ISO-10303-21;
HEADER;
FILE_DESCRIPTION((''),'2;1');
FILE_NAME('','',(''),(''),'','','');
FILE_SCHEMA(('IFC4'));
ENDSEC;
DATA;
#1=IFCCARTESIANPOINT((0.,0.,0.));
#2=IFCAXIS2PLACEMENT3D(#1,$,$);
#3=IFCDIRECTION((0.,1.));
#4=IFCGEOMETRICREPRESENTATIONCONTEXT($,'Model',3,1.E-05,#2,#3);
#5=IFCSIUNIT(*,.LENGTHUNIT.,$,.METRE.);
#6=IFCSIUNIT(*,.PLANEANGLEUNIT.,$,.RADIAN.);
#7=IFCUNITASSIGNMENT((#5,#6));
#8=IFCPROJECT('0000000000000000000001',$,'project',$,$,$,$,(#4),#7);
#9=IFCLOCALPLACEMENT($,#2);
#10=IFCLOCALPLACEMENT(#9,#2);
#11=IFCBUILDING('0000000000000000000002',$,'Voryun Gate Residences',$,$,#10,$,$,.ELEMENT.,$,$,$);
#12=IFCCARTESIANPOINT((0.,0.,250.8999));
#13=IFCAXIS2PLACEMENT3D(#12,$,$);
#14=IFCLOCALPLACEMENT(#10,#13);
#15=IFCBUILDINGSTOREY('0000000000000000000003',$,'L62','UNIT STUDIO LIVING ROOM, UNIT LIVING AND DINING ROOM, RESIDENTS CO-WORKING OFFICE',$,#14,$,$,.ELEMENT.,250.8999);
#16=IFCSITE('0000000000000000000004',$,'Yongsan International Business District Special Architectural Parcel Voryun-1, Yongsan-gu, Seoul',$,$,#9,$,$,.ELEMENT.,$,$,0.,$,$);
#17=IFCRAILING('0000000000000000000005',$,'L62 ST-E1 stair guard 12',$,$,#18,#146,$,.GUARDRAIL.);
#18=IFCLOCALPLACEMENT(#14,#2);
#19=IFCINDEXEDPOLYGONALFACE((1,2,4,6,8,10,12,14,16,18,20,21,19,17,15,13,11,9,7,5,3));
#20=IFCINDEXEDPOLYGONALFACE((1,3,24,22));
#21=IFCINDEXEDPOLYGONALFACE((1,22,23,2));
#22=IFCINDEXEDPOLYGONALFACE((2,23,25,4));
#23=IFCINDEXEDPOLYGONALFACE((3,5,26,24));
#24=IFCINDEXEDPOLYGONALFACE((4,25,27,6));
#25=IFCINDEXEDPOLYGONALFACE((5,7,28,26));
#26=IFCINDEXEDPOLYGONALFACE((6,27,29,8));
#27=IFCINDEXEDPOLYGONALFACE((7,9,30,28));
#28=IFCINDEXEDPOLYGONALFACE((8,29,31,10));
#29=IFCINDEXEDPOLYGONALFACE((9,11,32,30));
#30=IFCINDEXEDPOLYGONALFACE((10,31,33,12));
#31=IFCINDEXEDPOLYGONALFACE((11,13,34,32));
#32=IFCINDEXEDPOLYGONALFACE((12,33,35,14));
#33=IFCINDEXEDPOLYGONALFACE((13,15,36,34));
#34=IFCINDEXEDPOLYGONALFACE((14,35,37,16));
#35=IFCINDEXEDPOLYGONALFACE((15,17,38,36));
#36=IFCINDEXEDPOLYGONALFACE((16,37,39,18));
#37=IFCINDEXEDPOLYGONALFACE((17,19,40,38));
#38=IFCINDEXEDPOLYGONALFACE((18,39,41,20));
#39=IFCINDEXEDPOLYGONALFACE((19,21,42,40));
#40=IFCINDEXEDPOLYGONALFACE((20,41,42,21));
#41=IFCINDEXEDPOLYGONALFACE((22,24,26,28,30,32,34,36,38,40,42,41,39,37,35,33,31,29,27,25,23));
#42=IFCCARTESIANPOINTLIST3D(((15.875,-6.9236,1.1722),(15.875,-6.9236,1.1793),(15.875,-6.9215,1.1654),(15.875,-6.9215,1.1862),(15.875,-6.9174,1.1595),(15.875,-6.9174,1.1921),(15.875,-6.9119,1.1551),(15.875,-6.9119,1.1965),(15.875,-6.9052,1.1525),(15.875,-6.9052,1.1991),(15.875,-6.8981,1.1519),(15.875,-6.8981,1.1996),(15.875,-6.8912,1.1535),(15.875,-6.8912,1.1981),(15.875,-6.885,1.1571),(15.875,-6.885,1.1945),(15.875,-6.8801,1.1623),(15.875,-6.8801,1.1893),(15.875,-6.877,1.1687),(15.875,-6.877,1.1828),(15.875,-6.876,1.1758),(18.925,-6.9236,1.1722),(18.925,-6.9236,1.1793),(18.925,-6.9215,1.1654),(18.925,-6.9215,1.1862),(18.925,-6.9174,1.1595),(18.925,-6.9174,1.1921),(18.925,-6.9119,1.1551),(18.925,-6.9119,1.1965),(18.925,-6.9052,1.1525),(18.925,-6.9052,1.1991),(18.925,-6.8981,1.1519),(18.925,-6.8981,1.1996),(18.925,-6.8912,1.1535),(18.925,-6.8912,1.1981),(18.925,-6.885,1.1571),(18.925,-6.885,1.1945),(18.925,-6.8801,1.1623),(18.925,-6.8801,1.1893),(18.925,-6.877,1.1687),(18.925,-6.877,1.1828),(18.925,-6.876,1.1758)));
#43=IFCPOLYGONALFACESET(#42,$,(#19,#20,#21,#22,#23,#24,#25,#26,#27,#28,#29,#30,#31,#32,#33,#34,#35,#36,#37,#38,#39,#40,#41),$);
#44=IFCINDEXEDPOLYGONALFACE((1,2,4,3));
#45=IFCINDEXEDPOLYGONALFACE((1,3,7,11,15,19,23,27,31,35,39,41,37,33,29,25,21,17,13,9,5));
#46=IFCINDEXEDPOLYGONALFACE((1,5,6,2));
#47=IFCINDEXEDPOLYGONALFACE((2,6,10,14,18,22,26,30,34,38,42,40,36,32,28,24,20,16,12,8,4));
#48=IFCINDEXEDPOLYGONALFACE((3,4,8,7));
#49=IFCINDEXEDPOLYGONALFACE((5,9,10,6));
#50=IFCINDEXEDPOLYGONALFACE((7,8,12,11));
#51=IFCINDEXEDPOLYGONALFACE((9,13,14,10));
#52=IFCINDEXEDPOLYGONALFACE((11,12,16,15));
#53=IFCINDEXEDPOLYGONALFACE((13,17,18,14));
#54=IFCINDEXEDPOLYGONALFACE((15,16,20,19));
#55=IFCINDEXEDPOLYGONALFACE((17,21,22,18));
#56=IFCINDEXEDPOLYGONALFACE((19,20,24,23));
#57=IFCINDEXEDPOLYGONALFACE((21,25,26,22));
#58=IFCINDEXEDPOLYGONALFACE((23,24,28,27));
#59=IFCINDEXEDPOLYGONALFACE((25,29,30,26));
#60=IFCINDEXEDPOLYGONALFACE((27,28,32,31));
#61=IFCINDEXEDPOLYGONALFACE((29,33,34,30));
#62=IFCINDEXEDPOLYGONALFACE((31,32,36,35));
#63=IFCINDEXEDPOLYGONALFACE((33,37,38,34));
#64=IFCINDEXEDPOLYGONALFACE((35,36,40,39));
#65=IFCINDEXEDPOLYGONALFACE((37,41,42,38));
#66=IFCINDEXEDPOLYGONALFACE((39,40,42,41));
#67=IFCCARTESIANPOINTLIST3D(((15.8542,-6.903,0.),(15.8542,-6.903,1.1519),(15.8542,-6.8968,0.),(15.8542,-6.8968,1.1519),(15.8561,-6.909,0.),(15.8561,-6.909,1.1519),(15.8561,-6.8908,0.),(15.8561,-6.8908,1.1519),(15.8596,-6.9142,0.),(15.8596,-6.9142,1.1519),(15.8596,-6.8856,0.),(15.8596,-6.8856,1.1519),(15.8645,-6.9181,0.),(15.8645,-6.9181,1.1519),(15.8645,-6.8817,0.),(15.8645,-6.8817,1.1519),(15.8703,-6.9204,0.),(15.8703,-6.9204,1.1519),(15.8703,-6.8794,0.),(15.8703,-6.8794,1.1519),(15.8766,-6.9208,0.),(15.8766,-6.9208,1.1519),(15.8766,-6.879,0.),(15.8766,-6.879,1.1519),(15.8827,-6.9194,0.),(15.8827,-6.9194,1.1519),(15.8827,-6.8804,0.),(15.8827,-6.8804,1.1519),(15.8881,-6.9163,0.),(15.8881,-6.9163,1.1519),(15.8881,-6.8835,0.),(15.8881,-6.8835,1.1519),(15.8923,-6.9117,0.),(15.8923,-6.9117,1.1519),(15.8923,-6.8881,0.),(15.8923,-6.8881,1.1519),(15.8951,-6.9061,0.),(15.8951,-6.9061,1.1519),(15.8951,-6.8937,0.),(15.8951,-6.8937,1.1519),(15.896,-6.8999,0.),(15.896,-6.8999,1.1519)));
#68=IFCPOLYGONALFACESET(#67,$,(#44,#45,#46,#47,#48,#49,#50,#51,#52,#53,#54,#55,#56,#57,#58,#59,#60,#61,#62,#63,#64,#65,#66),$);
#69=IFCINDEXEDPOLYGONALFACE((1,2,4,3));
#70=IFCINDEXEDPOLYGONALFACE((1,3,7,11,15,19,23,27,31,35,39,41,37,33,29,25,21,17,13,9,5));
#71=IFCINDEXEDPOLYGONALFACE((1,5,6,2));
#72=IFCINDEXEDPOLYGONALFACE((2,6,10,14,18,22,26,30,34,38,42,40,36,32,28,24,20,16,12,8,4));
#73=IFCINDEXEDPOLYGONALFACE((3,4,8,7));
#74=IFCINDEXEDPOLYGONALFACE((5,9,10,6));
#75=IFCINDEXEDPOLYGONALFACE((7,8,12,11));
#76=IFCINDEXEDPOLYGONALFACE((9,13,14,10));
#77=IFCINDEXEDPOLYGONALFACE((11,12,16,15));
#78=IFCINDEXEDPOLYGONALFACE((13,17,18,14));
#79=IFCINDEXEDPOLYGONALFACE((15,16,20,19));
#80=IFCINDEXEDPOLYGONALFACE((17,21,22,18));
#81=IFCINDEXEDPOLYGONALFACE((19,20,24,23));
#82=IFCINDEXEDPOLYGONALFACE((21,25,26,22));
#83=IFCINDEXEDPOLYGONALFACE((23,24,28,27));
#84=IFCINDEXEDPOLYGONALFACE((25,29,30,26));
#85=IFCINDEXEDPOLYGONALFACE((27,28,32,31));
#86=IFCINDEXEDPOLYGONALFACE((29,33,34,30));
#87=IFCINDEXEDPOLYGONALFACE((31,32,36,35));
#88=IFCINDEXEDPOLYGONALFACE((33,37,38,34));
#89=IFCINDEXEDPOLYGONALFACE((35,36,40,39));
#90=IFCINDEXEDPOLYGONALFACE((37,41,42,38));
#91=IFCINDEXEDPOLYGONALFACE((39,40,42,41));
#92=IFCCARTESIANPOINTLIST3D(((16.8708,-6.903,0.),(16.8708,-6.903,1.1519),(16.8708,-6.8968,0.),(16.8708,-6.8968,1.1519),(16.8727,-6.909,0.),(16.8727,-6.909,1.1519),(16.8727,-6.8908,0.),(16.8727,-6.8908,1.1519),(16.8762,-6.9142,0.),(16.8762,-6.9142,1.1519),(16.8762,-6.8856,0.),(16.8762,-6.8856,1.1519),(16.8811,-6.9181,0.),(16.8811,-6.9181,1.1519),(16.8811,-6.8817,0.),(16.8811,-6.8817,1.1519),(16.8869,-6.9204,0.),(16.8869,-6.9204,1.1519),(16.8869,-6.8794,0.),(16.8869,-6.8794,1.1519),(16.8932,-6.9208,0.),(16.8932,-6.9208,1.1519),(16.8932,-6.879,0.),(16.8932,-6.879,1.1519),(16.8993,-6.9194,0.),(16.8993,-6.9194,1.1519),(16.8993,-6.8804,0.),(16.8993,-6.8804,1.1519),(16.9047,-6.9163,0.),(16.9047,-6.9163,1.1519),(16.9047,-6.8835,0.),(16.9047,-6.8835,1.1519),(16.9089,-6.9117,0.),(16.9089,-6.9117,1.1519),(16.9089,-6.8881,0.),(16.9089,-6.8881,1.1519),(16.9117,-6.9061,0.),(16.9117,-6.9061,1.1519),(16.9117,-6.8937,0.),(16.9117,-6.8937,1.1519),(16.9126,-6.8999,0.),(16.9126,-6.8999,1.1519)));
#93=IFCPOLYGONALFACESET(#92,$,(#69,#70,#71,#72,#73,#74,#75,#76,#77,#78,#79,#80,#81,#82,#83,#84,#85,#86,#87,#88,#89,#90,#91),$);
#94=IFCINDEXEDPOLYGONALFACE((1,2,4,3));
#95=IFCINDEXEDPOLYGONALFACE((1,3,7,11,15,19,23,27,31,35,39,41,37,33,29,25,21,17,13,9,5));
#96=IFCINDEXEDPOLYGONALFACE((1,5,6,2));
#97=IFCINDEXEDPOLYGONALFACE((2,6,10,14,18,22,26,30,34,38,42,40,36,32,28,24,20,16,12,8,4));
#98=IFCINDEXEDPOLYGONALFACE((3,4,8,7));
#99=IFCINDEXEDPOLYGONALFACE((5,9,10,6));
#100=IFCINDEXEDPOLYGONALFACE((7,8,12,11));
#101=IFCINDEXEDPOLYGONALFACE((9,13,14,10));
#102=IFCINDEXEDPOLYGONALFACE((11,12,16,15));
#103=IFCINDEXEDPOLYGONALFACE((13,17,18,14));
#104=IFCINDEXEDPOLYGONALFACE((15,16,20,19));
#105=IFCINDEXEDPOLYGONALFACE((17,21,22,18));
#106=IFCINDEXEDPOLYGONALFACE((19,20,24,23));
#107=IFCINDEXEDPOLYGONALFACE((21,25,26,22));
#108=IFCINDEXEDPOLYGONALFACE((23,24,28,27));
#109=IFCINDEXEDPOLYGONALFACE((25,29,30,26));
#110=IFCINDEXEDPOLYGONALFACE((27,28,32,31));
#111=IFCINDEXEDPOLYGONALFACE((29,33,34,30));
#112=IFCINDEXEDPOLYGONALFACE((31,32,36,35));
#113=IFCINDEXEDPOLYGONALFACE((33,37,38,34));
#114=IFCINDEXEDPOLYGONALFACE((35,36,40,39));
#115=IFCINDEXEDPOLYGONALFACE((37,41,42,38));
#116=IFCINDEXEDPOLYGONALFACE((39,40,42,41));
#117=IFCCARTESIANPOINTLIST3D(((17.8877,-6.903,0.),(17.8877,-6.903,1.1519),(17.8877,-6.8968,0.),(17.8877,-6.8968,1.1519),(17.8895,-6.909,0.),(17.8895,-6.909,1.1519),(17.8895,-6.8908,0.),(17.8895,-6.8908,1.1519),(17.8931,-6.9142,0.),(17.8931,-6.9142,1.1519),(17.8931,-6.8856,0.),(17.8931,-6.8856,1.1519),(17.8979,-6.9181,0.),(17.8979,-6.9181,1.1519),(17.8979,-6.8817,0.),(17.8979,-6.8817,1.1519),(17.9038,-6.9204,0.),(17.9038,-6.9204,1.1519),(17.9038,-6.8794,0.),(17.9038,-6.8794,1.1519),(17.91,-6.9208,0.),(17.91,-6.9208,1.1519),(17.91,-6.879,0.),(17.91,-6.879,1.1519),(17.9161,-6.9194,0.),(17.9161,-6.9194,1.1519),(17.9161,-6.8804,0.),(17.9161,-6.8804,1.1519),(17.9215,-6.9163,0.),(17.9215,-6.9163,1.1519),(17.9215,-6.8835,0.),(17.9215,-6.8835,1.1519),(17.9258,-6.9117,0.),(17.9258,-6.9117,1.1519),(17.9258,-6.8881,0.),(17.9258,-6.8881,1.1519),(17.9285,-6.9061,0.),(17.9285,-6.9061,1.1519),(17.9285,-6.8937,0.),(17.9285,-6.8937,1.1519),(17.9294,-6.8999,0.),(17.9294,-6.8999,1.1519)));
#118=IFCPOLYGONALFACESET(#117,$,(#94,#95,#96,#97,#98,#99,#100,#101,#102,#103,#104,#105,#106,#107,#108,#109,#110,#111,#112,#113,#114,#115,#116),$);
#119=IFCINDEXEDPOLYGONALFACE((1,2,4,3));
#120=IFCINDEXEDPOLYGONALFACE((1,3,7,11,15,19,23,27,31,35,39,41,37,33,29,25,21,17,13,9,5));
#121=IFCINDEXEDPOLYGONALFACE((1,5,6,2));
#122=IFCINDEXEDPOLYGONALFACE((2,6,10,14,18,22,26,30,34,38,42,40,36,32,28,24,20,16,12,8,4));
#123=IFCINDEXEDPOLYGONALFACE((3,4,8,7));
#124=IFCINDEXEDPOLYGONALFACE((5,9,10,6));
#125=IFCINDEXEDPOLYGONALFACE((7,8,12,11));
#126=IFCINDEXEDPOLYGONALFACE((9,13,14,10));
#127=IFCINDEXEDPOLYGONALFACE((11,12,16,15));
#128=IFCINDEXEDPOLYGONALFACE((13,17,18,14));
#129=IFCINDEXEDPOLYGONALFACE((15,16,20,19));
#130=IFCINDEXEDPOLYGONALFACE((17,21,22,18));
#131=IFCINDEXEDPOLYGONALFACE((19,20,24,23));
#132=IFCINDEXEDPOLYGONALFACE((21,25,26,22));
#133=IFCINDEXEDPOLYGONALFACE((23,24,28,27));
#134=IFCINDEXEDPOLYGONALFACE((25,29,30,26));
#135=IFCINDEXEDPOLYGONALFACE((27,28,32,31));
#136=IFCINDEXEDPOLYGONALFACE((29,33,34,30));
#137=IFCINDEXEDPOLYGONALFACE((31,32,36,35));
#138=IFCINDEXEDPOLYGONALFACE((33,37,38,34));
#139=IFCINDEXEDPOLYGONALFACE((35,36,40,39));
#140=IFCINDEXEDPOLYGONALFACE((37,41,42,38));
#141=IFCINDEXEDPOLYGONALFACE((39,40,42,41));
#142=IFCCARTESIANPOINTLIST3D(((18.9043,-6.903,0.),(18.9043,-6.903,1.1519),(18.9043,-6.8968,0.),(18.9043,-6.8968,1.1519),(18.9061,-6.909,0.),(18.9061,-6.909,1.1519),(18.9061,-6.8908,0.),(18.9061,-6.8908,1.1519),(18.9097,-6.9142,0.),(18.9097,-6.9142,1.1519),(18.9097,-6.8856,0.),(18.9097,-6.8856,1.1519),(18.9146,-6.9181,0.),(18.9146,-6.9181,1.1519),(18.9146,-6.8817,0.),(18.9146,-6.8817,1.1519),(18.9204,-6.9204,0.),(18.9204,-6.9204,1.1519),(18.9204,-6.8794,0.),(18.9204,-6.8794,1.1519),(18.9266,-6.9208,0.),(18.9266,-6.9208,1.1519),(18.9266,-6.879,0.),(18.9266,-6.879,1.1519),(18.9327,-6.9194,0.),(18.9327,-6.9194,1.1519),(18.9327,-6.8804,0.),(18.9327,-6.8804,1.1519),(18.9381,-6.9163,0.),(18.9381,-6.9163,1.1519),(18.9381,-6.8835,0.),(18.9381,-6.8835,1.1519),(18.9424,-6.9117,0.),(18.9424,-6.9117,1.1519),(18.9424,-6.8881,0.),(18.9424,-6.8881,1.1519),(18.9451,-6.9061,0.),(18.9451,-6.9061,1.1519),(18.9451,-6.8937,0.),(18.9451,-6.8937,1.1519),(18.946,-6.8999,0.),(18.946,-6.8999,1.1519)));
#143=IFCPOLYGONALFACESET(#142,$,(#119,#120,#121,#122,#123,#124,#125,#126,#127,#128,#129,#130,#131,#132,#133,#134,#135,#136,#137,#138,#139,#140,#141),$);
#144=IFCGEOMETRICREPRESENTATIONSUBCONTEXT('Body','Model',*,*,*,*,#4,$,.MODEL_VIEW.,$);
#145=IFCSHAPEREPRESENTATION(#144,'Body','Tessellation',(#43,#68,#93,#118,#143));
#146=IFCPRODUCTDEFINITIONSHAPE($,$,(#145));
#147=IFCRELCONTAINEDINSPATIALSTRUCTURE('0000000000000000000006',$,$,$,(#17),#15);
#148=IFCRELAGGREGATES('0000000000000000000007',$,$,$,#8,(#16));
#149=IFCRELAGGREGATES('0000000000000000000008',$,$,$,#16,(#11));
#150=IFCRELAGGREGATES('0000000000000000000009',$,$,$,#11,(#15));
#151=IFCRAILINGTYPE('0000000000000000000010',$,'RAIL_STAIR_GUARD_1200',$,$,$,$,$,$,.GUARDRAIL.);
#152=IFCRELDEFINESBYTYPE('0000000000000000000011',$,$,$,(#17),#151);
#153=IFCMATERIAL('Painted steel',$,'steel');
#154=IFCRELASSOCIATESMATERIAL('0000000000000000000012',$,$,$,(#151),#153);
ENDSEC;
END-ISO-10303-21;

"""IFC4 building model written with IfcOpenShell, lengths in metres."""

from ifc_helpers import new_model, si_unit, direction, frame, origin, origin_2d, place, context, subcontext, project, spatial, circle, extrude, material, type_object, element, save


model = new_model("IFC4")

# Units and contexts
model_context = context("Model", 3, precision=1e-05, world=origin(), true_north=direction((0.0, 1.0)))
body_context = subcontext(model_context, "Body", "Model", "MODEL_VIEW")
ifc_project = project(units=[si_unit("LENGTHUNIT", "METRE"), si_unit("PLANEANGLEUNIT", "RADIAN")], contexts=[model_context])

# Site, building, storey
site_placement = place(None, origin())
site = spatial("IfcSite", under=ifc_project, at=site_placement, Name="Yongsan International Business District Special Architectural Parcel Voryun-1, Yongsan-gu, Seoul", CompositionType="ELEMENT", RefElevation=0.0)
building_placement = place(site_placement, origin())
building = spatial("IfcBuilding", under=site, at=building_placement, Name="Voryun Gate Residences", CompositionType="ELEMENT")
storey_placement = place(building_placement, frame((0.0, 0.0, 250.8999)))
storey = spatial("IfcBuildingStorey", under=building, at=storey_placement, Name="L62", Description="UNIT STUDIO LIVING ROOM, UNIT LIVING AND DINING ROOM, RESIDENTS CO-WORKING OFFICE", CompositionType="ELEMENT", Elevation=250.8999)

# Railing
ifc_material_1 = material(Name="Painted steel", Category="steel")
railing_type_1 = type_object("IfcRailingType", Name="RAIL_STAIR_GUARD_1200", PredefinedType="GUARDRAIL", material=ifc_material_1)
railing_1_placement = place(storey_placement, frame((15.875, -6.8999, 0.0)))
element("IfcRailing", 1, at=railing_1_placement, inside=storey, type_object=railing_type_1, Name="L62 ST-E1 stair guard 12", PredefinedType="GUARDRAIL", context=body_context, shape_type="SweptSolid", body=[
    extrude(circle(Radius=0.0239, at=origin_2d()), frame((0.0, 0.0, 1.1758), z_axis=(1.0, 0.0, 0.0), x_axis=(0.0, 1.0, 0.0)), (0.0, 0.0, 1.0), 3.05),
    extrude(circle(Radius=0.021, at=origin_2d()), origin(), (0.0, 0.0, 1.0), 1.1519),
    extrude(circle(Radius=0.021, at=origin_2d()), frame((1.0166, 0.0, 0.0)), (0.0, 0.0, 1.0), 1.1519),
    extrude(circle(Radius=0.021, at=origin_2d()), frame((2.0334, 0.0, 0.0)), (0.0, 0.0, 1.0), 1.1519),
    extrude(circle(Radius=0.021, at=origin_2d()), frame((3.05, 0.0, 0.0)), (0.0, 0.0, 1.0), 1.1519),
])

save(model, "model.ifc")
